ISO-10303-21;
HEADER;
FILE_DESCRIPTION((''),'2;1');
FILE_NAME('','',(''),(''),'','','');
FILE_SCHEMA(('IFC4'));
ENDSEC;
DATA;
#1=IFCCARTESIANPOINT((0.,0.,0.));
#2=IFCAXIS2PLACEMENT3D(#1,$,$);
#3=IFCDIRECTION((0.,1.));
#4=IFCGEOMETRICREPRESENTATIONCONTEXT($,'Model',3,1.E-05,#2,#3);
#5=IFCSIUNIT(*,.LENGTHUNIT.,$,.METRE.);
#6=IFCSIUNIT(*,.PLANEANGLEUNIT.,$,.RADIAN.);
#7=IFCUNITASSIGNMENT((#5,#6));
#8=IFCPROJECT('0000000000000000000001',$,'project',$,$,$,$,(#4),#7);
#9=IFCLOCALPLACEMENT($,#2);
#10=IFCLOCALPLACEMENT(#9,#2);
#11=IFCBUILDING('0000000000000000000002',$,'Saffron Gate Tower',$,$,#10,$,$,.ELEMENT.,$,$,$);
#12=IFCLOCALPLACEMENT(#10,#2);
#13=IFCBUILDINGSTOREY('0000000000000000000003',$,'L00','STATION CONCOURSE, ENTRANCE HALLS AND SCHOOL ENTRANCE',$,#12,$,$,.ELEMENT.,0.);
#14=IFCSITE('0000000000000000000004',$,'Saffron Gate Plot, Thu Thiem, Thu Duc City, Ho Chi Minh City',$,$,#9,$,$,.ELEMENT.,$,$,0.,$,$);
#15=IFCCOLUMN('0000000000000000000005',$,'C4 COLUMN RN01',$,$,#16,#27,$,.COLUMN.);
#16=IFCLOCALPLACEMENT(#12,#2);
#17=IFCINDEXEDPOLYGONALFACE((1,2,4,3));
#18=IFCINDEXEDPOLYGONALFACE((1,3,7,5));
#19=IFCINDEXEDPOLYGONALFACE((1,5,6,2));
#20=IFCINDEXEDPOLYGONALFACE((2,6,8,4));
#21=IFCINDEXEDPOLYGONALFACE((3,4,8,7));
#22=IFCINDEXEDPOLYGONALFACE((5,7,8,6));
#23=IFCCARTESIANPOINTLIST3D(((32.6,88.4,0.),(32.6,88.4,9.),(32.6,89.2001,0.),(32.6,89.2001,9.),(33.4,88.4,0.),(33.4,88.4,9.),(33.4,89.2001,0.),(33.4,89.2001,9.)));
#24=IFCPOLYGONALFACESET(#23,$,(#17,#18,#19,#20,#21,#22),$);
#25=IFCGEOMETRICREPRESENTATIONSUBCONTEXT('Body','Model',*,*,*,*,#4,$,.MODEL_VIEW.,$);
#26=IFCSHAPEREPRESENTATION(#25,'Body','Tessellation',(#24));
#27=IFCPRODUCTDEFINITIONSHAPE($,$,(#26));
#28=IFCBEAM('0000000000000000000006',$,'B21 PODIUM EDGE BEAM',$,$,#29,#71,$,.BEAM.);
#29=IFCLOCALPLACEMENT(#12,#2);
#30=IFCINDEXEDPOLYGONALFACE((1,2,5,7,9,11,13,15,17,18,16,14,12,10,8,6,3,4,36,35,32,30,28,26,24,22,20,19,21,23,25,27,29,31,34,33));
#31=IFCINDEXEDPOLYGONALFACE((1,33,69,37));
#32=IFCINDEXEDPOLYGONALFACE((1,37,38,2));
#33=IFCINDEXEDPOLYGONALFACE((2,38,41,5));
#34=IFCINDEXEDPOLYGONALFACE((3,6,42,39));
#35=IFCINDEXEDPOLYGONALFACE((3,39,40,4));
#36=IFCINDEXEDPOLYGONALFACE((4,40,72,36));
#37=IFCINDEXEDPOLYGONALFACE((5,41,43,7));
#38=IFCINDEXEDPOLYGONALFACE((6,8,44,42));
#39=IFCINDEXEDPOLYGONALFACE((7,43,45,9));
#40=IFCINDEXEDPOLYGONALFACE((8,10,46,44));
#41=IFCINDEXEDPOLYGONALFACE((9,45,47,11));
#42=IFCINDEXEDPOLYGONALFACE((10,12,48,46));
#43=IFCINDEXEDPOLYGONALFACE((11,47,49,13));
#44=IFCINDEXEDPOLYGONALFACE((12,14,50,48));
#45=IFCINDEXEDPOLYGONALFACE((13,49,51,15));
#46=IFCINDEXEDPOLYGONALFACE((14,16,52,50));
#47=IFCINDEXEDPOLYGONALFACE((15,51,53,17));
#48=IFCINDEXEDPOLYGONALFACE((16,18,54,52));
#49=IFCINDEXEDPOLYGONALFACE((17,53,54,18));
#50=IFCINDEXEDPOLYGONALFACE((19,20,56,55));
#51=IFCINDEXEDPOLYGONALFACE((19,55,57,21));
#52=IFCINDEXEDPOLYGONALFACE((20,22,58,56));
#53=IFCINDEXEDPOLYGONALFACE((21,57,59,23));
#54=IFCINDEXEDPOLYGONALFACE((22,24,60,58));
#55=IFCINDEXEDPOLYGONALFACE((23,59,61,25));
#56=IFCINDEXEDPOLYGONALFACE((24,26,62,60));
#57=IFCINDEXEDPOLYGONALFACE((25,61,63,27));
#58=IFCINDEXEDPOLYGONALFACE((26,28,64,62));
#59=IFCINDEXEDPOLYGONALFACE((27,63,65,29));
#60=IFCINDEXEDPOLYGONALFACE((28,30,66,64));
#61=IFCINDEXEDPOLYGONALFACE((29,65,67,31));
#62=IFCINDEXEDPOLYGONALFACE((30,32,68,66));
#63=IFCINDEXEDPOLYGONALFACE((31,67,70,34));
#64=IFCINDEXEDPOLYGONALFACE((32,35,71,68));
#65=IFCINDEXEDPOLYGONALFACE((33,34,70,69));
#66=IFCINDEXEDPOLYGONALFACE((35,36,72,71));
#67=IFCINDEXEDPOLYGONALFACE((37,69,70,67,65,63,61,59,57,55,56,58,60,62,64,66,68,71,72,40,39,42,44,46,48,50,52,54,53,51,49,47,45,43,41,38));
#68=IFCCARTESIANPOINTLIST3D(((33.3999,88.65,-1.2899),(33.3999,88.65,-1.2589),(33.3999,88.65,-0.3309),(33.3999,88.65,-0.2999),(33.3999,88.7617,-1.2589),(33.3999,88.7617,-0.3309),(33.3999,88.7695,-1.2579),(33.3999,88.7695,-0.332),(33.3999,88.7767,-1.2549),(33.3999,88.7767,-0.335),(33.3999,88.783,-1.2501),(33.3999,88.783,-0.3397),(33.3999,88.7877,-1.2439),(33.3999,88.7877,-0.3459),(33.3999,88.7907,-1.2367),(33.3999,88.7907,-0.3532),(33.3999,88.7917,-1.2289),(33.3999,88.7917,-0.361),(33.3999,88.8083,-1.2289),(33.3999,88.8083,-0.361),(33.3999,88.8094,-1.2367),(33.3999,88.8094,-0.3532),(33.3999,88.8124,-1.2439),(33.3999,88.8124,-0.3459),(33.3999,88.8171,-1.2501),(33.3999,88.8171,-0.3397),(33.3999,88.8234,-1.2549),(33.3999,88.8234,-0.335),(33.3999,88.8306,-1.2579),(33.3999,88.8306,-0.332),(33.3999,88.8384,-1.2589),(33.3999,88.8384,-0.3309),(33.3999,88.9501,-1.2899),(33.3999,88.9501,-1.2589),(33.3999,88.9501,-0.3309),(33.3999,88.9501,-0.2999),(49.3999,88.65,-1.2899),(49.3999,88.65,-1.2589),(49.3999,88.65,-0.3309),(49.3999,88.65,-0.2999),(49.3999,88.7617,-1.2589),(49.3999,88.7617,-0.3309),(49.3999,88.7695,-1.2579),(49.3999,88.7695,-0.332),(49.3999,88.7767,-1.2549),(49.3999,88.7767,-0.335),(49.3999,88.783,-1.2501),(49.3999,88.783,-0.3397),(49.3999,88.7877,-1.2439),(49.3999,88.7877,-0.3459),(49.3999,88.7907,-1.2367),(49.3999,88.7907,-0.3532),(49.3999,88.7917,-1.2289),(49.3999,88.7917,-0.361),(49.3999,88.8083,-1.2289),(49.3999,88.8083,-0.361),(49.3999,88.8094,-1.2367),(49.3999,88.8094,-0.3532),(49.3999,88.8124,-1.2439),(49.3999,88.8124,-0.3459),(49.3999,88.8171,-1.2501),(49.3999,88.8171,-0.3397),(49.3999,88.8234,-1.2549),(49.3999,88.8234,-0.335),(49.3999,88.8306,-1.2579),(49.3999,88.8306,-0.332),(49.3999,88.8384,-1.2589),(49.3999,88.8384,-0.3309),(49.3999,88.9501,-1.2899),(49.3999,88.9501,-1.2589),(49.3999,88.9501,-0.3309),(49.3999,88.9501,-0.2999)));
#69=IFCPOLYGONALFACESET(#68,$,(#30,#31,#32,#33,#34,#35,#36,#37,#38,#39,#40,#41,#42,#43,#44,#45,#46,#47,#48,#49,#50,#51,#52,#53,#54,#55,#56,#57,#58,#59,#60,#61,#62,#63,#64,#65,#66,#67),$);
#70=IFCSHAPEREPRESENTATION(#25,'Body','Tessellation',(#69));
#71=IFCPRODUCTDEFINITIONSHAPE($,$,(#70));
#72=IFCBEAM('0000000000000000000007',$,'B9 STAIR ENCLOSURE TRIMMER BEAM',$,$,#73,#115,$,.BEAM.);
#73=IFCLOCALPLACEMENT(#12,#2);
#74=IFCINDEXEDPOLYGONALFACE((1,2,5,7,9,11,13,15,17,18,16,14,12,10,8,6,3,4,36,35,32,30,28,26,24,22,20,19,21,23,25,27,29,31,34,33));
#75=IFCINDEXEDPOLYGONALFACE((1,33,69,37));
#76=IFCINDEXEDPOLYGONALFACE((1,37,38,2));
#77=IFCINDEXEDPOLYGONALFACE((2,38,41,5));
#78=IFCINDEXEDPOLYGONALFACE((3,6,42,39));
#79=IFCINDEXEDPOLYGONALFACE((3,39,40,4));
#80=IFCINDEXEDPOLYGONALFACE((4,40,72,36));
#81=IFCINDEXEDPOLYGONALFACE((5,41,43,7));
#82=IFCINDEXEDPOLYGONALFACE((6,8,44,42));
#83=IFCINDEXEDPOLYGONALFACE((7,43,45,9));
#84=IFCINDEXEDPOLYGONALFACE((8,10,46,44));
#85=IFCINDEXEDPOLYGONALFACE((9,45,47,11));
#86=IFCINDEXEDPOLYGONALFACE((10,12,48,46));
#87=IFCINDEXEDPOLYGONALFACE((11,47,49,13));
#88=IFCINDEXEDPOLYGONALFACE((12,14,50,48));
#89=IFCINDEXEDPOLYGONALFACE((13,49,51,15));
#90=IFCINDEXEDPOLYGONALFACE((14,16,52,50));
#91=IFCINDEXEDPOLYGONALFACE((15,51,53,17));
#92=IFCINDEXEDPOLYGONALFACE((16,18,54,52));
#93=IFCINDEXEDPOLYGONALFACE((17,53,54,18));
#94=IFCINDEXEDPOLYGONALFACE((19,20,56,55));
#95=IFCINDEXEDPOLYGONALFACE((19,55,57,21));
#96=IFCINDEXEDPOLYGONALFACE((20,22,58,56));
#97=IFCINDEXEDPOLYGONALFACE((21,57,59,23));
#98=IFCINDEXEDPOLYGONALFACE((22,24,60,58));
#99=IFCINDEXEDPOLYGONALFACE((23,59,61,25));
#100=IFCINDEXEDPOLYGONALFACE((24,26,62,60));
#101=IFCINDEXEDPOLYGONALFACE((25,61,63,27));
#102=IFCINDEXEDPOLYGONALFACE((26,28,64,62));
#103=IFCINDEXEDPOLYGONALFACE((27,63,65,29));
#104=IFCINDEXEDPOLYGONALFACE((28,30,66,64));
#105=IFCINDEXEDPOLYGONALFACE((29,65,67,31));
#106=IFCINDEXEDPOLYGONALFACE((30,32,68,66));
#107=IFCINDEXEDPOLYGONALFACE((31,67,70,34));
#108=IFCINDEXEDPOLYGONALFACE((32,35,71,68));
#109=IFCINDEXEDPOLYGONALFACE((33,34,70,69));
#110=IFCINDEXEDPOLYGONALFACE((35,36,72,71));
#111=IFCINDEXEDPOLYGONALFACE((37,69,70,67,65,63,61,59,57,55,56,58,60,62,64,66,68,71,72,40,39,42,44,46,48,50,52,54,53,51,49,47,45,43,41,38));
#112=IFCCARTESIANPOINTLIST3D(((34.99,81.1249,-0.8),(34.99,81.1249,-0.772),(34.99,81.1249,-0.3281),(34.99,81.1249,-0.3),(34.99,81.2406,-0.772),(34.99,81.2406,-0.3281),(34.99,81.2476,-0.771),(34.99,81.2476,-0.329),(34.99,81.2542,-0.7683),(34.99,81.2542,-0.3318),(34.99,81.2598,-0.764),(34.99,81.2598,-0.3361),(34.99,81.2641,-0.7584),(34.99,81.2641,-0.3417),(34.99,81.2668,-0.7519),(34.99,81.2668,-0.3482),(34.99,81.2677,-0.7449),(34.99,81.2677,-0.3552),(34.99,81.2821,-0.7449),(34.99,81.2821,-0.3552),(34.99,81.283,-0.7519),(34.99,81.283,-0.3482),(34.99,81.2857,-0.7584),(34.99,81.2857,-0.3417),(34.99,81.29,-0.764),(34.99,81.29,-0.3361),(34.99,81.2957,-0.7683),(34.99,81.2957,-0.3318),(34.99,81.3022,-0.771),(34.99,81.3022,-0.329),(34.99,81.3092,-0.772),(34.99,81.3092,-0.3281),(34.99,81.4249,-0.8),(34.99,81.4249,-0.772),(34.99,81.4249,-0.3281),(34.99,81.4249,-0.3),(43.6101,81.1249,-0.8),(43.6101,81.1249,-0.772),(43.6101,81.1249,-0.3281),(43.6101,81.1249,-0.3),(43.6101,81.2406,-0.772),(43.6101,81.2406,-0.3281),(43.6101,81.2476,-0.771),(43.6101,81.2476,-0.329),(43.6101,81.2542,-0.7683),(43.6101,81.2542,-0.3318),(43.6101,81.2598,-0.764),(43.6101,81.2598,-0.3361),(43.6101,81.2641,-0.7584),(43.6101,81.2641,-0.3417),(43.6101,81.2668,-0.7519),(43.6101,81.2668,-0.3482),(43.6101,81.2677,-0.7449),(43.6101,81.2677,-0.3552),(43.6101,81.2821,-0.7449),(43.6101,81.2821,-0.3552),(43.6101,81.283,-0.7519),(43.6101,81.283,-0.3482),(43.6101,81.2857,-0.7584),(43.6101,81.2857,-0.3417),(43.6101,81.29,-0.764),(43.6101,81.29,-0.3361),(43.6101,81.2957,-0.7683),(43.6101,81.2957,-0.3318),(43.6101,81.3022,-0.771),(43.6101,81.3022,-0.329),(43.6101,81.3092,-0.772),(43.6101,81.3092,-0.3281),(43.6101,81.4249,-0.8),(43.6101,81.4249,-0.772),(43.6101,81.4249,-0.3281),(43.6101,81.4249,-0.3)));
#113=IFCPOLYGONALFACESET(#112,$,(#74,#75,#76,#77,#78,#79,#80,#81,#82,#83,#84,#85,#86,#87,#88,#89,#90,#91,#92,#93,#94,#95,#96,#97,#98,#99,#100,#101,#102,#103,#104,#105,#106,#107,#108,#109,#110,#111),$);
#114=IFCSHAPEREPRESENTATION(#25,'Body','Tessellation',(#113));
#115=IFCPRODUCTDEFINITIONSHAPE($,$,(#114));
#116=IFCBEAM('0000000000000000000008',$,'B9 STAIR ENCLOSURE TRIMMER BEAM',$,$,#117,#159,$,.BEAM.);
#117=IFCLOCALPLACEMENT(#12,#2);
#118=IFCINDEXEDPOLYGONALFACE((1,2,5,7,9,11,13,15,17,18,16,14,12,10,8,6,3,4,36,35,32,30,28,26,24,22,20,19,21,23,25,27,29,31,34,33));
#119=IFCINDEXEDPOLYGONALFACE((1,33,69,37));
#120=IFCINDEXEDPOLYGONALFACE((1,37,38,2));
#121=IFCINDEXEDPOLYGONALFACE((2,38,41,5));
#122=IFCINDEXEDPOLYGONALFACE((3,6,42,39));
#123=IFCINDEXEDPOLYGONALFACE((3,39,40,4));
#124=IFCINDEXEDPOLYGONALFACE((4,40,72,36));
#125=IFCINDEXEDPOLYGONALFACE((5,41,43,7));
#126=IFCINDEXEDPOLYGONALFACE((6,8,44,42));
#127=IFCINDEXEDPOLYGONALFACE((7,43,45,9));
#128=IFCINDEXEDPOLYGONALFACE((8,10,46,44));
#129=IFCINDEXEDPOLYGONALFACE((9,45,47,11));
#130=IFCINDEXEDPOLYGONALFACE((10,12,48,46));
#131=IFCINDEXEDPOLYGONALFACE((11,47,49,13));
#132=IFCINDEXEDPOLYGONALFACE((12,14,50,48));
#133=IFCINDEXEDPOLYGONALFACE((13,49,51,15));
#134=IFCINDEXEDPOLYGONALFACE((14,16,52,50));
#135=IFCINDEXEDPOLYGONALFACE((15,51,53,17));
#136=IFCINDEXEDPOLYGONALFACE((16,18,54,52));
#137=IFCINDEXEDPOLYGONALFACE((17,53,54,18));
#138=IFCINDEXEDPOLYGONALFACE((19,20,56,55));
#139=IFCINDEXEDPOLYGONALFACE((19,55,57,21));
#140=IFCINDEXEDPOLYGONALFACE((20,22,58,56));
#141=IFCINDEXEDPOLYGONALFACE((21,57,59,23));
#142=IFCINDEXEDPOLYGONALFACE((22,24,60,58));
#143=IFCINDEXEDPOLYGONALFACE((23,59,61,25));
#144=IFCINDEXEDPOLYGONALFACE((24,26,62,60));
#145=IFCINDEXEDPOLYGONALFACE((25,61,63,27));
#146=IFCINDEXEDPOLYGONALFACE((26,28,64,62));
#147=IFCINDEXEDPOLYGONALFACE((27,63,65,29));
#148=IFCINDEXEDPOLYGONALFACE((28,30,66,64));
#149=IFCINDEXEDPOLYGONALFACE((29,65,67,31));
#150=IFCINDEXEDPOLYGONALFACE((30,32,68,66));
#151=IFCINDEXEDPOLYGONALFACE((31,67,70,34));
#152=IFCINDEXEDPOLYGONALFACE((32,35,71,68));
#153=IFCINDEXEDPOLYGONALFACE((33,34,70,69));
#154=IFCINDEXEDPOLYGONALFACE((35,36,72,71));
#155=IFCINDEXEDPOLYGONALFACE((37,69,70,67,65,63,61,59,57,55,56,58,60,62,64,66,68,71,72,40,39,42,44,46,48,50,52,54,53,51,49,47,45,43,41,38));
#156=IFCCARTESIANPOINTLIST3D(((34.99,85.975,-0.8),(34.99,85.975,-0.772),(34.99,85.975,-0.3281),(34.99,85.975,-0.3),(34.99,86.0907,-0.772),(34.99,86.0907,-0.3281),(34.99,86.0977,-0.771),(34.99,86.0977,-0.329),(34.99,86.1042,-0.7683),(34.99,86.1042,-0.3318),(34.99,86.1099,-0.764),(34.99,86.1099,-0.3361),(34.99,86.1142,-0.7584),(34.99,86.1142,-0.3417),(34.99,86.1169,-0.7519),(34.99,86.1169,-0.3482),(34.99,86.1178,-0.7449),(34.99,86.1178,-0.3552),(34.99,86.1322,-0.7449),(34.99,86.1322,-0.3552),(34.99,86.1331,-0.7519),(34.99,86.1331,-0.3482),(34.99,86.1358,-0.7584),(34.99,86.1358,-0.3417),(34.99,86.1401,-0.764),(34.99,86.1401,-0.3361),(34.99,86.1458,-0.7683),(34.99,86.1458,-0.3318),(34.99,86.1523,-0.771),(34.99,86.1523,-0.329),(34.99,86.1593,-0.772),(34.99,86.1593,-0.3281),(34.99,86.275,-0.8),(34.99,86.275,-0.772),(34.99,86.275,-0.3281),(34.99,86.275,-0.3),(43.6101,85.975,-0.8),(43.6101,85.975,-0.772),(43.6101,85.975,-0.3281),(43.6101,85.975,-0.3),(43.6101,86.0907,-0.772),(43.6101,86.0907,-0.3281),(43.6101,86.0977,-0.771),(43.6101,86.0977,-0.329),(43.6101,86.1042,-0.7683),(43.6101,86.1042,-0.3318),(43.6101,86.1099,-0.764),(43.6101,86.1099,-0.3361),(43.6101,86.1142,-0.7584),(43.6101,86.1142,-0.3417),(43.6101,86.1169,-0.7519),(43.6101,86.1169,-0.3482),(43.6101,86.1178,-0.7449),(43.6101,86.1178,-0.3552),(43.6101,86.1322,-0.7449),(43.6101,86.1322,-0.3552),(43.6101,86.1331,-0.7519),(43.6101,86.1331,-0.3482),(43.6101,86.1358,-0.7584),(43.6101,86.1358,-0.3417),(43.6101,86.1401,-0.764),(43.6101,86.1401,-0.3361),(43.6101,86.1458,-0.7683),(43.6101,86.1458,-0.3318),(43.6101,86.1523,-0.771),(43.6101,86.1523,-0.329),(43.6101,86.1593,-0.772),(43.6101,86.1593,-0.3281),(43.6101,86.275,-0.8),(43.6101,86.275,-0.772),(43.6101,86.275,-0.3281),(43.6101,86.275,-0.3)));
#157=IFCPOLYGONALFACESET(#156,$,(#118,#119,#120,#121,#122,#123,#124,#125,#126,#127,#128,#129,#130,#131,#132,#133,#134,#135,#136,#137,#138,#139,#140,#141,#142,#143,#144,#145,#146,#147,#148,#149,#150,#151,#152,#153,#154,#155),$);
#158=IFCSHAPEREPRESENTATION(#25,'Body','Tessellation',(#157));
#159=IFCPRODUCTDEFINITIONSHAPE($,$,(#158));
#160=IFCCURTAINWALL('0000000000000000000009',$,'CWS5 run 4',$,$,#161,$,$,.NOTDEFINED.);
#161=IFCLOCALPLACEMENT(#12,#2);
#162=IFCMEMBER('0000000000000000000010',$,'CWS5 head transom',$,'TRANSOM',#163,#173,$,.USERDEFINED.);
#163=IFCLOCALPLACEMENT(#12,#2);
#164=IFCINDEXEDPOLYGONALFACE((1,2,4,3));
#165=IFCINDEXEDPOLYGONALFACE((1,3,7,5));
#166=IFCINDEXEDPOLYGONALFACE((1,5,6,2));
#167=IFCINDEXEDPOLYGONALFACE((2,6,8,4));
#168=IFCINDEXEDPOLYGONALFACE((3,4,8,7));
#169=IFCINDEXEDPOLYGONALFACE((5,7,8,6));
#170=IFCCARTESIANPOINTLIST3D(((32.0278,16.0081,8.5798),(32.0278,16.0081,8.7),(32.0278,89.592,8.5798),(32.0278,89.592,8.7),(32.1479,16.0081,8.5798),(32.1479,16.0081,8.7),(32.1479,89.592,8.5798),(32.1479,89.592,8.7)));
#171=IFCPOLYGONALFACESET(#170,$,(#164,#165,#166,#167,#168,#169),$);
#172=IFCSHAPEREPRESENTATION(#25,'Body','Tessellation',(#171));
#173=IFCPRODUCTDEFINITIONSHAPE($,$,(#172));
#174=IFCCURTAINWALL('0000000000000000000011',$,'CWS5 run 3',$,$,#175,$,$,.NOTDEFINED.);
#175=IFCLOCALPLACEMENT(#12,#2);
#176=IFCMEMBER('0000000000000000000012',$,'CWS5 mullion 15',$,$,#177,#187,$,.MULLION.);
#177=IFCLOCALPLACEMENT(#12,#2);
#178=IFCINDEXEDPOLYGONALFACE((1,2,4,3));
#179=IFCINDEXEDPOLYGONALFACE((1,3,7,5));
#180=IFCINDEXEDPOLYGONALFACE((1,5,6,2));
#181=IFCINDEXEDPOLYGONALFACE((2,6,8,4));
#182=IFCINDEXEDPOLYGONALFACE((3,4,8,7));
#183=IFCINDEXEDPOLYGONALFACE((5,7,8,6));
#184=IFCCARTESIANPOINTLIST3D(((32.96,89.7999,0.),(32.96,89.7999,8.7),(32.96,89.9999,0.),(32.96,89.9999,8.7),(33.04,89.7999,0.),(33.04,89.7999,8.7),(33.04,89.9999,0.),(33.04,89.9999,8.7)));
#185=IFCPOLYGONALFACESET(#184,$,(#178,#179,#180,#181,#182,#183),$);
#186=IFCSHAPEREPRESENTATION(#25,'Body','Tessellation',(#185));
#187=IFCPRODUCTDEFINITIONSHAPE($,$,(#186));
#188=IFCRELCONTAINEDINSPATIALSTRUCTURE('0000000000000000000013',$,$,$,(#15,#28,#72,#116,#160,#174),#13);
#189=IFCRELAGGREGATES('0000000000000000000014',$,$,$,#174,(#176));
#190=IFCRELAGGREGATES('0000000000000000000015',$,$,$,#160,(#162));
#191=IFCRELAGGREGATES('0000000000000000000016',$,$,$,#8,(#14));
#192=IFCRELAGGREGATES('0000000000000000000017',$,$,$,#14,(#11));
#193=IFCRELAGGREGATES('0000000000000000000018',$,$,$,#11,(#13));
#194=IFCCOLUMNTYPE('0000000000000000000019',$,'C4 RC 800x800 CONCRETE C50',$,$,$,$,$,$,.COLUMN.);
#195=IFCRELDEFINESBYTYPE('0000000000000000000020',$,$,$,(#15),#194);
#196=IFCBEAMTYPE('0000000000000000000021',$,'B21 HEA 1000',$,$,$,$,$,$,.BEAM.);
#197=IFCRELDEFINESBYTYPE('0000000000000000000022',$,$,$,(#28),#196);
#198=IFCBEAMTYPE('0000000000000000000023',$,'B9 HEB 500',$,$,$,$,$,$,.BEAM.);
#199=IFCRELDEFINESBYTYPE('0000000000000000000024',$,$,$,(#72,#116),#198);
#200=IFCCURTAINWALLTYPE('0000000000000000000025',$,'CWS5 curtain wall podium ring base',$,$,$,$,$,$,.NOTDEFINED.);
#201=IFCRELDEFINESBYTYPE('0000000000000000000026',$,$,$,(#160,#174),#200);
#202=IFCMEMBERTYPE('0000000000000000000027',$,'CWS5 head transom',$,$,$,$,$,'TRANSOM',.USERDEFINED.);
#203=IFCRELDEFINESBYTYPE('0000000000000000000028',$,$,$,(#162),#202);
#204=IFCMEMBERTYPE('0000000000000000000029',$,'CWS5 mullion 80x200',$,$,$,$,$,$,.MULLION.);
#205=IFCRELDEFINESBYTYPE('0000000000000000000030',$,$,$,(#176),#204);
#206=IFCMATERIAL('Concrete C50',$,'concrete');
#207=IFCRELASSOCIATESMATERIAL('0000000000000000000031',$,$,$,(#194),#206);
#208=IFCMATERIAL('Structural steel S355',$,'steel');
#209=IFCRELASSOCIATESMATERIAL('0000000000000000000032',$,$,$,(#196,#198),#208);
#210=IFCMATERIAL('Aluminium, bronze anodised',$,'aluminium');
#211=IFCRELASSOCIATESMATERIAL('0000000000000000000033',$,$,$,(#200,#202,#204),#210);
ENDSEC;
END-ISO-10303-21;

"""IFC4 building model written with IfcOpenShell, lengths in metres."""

from ifc_helpers import new_model, si_unit, direction, frame, origin, origin_2d, place, context, subcontext, project, spatial, rectangle, i_section, extrude, material, material_profile, profile_set, type_object, element, aggregate, save


model = new_model("IFC4")

# Units and contexts
model_context = context("Model", 3, precision=1e-05, world=origin(), true_north=direction((0.0, 1.0)))
body_context = subcontext(model_context, "Body", "Model", "MODEL_VIEW")
ifc_project = project(units=[si_unit("LENGTHUNIT", "METRE"), si_unit("PLANEANGLEUNIT", "RADIAN")], contexts=[model_context])

# Site, building, storey
site_placement = place(None, origin())
site = spatial("IfcSite", under=ifc_project, at=site_placement, Name="Saffron Gate Plot, Thu Thiem, Thu Duc City, Ho Chi Minh City", CompositionType="ELEMENT", RefElevation=0.0)
building_placement = place(site_placement, origin())
building = spatial("IfcBuilding", under=site, at=building_placement, Name="Saffron Gate Tower", CompositionType="ELEMENT")
storey_placement = place(building_placement, origin())
storey = spatial("IfcBuildingStorey", under=building, at=storey_placement, Name="L00", Description="STATION CONCOURSE, ENTRANCE HALLS AND SCHOOL ENTRANCE", CompositionType="ELEMENT", Elevation=0.0)

# Column
ifc_material_1 = material(Name="Concrete C50", Category="concrete")
ifc_material_profile_1 = material_profile(ifc_material_1, rectangle(XDim=0.8, YDim=0.8, at=origin_2d()))
ifc_profile_set_1 = profile_set([ifc_material_profile_1], Name="Concrete C50")
column_type = type_object("IfcColumnType", Name="C4 RC 800x800 CONCRETE C50", PredefinedType="COLUMN", material=ifc_profile_set_1)
column_placement = place(storey_placement, frame((33.0, 88.8, 0.0), z_axis=(0.0, 0.0, 1.0), x_axis=(1.0, 0.0, 0.0)))
element("IfcColumn", 1, at=column_placement, inside=storey, type_object=column_type, Name="C4 COLUMN RN01", PredefinedType="COLUMN", context=body_context, shape_type="SweptSolid", body=[
    extrude(rectangle(XDim=0.8, YDim=0.8, at=origin_2d()), origin(), (0.0, 0.0, 1.0), 9.0),
])

# Beams
ifc_material_2 = material(Name="Structural steel S355", Category="steel")
ifc_material_profile_2 = material_profile(ifc_material_2, i_section(OverallWidth=0.3, OverallDepth=0.99, WebThickness=0.0166, FlangeThickness=0.031, FilletRadius=0.03, at=origin_2d()))
ifc_profile_set_2 = profile_set([ifc_material_profile_2], Name="Structural steel S355")
beam_type_1 = type_object("IfcBeamType", Name="B21 HEA 1000", PredefinedType="BEAM", material=ifc_profile_set_2)
beam_placement = place(storey_placement, frame((33.3999, 88.8, -0.7949), z_axis=(1.0, 0.0, 0.0), x_axis=(0.0, 1.0, 0.0)))
element("IfcBeam", 2, at=beam_placement, inside=storey, type_object=beam_type_1, Name="B21 PODIUM EDGE BEAM", PredefinedType="BEAM", context=body_context, shape_type="SweptSolid", body=[
    extrude(i_section(OverallWidth=0.3, OverallDepth=0.99, WebThickness=0.0166, FlangeThickness=0.031, FilletRadius=0.03, at=origin_2d()), origin(), (0.0, 0.0, 1.0), 16.0),
])
ifc_material_profile_3 = material_profile(ifc_material_2, i_section(OverallWidth=0.3, OverallDepth=0.5, WebThickness=0.0144, FlangeThickness=0.0281, FilletRadius=0.0271, at=origin_2d()))
ifc_profile_set_3 = profile_set([ifc_material_profile_3], Name="Structural steel S355")
beam_type_2 = type_object("IfcBeamType", Name="B9 HEB 500", PredefinedType="BEAM", material=ifc_profile_set_3)
for number, where, z_axis, x_axis, name in (
    (3, (34.99, 81.2749, -0.55), (1.0, 0.0, 0.0), (0.0, 1.0, 0.0), "B9 STAIR ENCLOSURE TRIMMER BEAM"),
    (4, (34.99, 86.125, -0.55), (1.0, 0.0, 0.0), (0.0, 1.0, 0.0), "B9 STAIR ENCLOSURE TRIMMER BEAM"),
):
    element("IfcBeam", number, at=place(storey_placement, frame(where, z_axis=z_axis, x_axis=x_axis)), inside=storey, type_object=beam_type_2, Name=name, PredefinedType="BEAM", context=body_context, shape_type="SweptSolid", body=[
        extrude(i_section(OverallWidth=0.3, OverallDepth=0.5, WebThickness=0.0144, FlangeThickness=0.0281, FilletRadius=0.0271, at=origin_2d()), origin(), (0.0, 0.0, 1.0), 8.6201),
    ])

# Curtain walls, members
ifc_material_3 = material(Name="Aluminium, bronze anodised", Category="aluminium")
curtain_wall_type = type_object("IfcCurtainWallType", Name="CWS5 curtain wall podium ring base", PredefinedType="NOTDEFINED", material=ifc_material_3)
curtain_wall_1_placement = place(storey_placement, origin())
curtain_wall_1 = element("IfcCurtainWall", 5, at=curtain_wall_1_placement, inside=storey, type_object=curtain_wall_type, Name="CWS5 run 4", PredefinedType="NOTDEFINED")
ifc_material_profile_4 = material_profile(ifc_material_3, rectangle(XDim=0.1201, YDim=0.1201, at=origin_2d()))
ifc_profile_set_4 = profile_set([ifc_material_profile_4], Name="Aluminium, bronze anodised")
member_type_1 = type_object("IfcMemberType", Name="CWS5 head transom", ElementType="TRANSOM", PredefinedType="USERDEFINED", material=ifc_profile_set_4)
member_1_placement = place(storey_placement, frame((32.0879, 89.592, 8.6399), z_axis=(0.0, -1.0, 0.0), x_axis=(1.0, 0.0, 0.0)))
member_1 = element("IfcMember", 6, at=member_1_placement, type_object=member_type_1, Name="CWS5 head transom", ObjectType="TRANSOM", PredefinedType="USERDEFINED", context=body_context, shape_type="SweptSolid", body=[
    extrude(rectangle(XDim=0.1201, YDim=0.1201, at=origin_2d()), origin(), (0.0, 0.0, 1.0), 73.584),
])
curtain_wall_2_placement = place(storey_placement, origin())
curtain_wall_2 = element("IfcCurtainWall", 7, at=curtain_wall_2_placement, inside=storey, type_object=curtain_wall_type, Name="CWS5 run 3", PredefinedType="NOTDEFINED")
ifc_material_profile_5 = material_profile(ifc_material_3, rectangle(XDim=0.2, YDim=0.0801, at=origin_2d()))
ifc_profile_set_5 = profile_set([ifc_material_profile_5], Name="Aluminium, bronze anodised")
member_type_2 = type_object("IfcMemberType", Name="CWS5 mullion 80x200", PredefinedType="MULLION", material=ifc_profile_set_5)
member_2_placement = place(storey_placement, frame((33.0, 89.8999, 0.0), z_axis=(0.0, 0.0, 1.0), x_axis=(0.0, -1.0, 0.0)))
member_2 = element("IfcMember", 8, at=member_2_placement, type_object=member_type_2, Name="CWS5 mullion 15", PredefinedType="MULLION", context=body_context, shape_type="SweptSolid", body=[
    extrude(rectangle(XDim=0.2, YDim=0.0801, at=origin_2d()), origin(), (0.0, 0.0, 1.0), 8.7),
])
aggregate(curtain_wall_2, [member_2])

aggregate(curtain_wall_1, [member_1])

save(model, "model.ifc")
